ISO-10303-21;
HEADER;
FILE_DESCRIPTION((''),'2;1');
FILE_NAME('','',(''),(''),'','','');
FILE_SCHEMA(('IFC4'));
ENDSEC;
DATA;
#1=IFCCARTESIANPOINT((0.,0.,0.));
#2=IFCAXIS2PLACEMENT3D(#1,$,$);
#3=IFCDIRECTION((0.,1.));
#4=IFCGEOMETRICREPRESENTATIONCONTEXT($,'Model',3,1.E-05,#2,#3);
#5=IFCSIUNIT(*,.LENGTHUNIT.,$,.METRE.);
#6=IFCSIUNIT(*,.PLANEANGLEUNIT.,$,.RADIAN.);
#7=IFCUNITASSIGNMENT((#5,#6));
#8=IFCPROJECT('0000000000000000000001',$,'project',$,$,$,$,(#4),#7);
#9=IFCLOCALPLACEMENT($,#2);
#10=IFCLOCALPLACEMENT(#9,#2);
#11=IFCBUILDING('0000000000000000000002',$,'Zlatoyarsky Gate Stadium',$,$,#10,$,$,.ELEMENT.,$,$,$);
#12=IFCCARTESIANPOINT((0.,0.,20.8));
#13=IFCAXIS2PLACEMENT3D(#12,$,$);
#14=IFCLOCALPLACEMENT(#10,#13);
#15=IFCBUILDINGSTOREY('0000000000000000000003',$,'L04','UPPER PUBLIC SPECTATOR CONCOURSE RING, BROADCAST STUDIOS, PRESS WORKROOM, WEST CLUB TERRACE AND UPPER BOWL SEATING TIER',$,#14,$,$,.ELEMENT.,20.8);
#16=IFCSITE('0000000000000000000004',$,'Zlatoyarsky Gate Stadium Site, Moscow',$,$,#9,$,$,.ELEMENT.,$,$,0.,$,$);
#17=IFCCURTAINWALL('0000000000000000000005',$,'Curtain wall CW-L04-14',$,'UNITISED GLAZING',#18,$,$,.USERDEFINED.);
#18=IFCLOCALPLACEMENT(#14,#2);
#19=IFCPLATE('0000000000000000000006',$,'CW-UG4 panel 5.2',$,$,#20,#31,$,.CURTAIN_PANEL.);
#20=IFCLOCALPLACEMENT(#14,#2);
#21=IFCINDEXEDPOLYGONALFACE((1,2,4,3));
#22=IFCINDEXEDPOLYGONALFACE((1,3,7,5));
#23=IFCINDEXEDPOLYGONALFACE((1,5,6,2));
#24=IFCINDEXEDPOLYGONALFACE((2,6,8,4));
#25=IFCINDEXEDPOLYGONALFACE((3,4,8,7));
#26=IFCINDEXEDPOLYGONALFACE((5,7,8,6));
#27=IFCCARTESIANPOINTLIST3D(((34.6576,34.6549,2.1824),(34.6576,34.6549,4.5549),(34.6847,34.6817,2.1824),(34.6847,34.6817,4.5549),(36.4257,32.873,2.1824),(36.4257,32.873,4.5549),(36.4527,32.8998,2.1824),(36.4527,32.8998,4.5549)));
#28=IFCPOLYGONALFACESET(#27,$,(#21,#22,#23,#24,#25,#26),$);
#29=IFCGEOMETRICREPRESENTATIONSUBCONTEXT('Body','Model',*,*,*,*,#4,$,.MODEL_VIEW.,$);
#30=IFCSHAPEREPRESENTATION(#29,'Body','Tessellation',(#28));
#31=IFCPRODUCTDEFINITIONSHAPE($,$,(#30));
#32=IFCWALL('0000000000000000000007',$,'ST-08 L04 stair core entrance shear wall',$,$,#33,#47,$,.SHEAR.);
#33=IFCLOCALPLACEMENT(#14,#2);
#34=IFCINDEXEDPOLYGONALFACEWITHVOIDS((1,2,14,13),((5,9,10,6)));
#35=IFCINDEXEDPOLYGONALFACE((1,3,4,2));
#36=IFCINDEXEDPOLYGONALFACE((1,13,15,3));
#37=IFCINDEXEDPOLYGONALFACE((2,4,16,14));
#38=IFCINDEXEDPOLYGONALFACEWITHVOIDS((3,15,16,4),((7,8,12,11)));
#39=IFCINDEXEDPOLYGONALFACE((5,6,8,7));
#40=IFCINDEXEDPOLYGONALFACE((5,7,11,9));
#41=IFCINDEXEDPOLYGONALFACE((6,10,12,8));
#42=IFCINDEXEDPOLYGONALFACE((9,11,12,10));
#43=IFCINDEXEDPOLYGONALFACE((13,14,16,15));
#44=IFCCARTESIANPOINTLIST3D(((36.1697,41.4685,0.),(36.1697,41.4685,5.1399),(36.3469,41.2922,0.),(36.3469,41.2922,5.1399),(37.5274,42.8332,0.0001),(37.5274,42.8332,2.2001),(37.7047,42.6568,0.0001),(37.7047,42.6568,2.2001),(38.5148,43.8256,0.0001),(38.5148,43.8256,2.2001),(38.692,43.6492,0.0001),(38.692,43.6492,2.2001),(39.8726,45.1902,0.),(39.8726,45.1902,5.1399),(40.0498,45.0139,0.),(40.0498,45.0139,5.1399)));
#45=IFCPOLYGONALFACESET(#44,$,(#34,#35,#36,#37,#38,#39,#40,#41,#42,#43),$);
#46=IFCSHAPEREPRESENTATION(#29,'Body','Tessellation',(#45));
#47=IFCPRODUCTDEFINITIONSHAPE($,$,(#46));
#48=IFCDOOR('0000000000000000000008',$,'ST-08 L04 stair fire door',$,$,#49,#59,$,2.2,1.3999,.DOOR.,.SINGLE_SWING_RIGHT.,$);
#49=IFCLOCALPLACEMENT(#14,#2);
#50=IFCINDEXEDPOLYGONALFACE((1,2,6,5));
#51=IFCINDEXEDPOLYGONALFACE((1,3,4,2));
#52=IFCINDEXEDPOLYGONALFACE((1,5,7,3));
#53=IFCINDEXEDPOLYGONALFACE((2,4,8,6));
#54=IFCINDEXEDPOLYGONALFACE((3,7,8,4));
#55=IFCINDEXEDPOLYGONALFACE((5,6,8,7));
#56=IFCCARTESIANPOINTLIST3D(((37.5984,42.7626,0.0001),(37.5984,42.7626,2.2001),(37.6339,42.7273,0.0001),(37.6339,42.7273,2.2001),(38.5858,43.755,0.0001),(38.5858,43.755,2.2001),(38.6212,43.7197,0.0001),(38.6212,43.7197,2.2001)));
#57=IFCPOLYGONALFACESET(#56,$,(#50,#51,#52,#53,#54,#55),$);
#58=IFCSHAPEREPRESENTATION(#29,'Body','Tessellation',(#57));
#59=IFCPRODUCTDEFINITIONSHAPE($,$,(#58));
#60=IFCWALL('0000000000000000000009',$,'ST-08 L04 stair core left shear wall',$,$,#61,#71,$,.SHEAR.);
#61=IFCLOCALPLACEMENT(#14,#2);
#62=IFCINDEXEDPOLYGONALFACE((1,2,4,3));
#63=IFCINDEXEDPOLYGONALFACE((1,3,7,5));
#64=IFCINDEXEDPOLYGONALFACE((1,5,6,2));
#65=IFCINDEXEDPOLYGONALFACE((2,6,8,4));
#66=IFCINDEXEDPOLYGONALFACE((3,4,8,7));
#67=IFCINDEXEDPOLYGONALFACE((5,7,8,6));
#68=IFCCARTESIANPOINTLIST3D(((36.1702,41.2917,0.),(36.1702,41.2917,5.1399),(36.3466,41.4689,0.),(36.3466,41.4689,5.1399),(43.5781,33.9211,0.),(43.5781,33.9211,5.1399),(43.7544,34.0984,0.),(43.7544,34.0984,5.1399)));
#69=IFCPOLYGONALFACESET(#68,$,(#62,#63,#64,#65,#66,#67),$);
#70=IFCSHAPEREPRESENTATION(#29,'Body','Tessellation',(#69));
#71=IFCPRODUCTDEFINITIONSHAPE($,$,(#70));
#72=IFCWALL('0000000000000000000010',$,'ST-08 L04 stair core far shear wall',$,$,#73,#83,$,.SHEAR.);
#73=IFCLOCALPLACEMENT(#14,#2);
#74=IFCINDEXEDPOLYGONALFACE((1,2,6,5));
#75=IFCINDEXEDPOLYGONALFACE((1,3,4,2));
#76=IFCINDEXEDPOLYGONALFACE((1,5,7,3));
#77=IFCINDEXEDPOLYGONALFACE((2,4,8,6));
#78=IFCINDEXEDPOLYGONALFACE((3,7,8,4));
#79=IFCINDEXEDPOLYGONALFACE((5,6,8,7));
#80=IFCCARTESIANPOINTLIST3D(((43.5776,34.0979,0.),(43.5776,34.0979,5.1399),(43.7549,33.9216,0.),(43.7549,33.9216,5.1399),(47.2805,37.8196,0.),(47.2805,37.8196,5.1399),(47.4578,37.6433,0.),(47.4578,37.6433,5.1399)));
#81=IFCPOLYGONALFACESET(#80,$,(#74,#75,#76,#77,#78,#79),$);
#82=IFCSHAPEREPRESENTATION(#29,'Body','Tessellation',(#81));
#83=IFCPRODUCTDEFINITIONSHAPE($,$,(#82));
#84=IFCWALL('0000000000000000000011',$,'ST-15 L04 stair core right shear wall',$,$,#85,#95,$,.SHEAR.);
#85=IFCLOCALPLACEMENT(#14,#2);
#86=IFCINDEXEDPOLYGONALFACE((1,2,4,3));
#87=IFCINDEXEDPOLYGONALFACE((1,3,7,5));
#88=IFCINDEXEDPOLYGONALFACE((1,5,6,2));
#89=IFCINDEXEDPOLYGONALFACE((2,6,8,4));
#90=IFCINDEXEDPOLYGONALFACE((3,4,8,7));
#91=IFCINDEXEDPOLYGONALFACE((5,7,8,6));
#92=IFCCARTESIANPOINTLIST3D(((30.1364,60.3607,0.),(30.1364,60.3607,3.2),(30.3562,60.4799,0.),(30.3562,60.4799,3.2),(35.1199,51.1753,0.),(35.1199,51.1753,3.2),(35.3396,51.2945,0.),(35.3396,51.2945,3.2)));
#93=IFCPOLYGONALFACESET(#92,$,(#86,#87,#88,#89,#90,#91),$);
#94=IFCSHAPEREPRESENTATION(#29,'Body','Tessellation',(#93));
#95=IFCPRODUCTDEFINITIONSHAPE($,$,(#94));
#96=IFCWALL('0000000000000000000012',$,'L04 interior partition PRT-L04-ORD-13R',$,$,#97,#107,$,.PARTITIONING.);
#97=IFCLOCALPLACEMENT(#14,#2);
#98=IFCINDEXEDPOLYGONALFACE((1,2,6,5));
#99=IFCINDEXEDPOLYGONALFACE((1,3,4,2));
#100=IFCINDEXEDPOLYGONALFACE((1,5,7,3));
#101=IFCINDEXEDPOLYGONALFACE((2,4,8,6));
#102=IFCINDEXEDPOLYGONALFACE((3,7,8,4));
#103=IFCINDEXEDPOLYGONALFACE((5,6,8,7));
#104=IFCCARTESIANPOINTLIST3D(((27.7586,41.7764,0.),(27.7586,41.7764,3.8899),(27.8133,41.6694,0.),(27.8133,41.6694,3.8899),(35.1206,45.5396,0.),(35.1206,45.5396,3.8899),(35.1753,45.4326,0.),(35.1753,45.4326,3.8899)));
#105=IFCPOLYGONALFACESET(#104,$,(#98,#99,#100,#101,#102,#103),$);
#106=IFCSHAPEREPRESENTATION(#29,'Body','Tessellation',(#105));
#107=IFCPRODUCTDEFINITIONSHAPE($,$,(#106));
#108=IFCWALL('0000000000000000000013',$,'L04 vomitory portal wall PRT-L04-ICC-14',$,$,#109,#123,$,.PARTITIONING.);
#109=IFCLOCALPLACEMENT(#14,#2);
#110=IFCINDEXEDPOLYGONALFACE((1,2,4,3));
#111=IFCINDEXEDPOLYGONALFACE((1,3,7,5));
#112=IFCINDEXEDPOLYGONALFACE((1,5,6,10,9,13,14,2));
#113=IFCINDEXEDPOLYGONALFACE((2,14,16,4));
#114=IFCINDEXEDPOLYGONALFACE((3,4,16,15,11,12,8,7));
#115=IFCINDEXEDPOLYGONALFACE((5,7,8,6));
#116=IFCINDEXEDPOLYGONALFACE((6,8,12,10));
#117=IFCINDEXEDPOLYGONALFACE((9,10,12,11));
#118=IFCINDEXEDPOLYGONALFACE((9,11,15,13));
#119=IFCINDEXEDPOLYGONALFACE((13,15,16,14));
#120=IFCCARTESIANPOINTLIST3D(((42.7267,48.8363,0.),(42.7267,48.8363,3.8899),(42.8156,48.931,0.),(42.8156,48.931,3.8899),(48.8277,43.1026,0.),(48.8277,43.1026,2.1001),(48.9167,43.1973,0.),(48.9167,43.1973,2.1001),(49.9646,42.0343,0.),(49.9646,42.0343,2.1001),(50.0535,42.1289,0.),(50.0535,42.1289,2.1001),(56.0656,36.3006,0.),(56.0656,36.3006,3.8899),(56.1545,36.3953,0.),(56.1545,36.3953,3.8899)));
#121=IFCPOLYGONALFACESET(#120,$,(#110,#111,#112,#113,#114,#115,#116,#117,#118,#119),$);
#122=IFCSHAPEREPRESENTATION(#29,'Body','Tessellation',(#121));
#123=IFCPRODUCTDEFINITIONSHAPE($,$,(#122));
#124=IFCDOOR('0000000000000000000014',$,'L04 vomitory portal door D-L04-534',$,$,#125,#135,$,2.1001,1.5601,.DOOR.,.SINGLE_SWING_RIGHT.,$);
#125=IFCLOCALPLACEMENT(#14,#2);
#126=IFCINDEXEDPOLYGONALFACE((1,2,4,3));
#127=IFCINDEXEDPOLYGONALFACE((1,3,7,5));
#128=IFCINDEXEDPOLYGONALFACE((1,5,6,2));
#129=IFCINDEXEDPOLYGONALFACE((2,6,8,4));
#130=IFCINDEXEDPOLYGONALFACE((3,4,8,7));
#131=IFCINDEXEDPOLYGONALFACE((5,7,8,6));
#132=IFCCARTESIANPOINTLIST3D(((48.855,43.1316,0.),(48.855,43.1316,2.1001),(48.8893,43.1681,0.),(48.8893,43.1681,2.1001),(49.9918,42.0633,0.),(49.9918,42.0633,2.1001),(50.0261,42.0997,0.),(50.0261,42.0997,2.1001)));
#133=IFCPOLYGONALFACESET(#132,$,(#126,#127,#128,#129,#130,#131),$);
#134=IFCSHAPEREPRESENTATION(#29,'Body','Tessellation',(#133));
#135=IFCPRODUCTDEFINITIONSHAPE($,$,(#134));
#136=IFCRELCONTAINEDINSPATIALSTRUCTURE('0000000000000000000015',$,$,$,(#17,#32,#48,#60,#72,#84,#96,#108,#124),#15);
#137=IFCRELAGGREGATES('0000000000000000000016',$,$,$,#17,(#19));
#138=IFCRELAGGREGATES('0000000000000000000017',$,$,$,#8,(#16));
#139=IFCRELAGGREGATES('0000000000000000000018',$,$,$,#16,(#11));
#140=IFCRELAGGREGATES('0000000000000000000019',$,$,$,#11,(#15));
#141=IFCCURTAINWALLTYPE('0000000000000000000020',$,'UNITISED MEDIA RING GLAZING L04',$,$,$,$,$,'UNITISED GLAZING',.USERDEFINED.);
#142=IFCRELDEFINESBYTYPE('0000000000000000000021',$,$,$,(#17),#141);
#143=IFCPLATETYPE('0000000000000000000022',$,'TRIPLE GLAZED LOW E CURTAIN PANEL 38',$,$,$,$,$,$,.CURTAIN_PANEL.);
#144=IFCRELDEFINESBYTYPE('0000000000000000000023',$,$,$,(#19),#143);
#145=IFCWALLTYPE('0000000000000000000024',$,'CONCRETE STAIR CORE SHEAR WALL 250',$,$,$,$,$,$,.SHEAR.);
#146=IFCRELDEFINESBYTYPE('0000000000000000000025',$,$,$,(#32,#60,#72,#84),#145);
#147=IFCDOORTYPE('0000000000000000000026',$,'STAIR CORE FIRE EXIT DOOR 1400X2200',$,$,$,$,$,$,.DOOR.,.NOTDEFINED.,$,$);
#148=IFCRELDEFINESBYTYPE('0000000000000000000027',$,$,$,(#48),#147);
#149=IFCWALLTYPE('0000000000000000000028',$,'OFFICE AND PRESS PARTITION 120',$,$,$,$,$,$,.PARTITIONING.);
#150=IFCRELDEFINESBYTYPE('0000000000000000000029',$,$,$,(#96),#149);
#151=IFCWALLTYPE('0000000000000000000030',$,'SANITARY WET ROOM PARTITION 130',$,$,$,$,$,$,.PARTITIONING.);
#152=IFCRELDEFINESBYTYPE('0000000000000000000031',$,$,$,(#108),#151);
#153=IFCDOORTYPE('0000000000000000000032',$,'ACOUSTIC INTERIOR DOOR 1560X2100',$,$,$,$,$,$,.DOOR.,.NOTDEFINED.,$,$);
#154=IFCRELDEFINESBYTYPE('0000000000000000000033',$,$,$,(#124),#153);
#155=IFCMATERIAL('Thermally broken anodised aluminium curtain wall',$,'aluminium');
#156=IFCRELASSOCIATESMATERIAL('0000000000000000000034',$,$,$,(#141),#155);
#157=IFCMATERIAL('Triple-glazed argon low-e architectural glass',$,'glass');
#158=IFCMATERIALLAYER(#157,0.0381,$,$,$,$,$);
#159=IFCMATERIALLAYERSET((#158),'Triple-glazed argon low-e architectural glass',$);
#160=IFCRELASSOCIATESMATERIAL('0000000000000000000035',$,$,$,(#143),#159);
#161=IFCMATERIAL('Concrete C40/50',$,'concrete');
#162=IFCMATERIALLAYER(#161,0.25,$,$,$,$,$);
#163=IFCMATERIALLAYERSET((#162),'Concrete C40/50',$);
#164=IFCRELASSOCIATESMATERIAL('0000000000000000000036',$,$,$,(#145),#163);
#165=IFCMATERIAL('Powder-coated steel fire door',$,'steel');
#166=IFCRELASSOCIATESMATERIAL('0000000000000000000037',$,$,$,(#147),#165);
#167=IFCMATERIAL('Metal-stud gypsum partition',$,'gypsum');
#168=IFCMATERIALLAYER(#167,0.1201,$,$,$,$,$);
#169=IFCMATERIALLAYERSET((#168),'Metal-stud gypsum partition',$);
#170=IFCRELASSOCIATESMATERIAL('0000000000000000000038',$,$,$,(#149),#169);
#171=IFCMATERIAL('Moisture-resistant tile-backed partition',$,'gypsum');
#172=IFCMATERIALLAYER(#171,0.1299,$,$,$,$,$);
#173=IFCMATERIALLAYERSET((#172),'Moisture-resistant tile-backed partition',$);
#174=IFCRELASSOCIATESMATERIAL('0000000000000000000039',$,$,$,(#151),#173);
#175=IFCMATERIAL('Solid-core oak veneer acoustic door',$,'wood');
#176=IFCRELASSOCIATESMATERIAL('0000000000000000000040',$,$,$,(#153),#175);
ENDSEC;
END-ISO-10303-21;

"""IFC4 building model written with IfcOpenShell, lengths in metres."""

from ifc_helpers import new_model, si_unit, direction, frame, frame_2d, origin, origin_2d, place, context, subcontext, project, spatial, rectangle, extrude, material, layer, layer_set, type_object, element, fill, aggregate, save


model = new_model("IFC4")

# Units and contexts
model_context = context("Model", 3, precision=1e-05, world=origin(), true_north=direction((0.0, 1.0)))
body_context = subcontext(model_context, "Body", "Model", "MODEL_VIEW")
ifc_project = project(units=[si_unit("LENGTHUNIT", "METRE"), si_unit("PLANEANGLEUNIT", "RADIAN")], contexts=[model_context])

# Site, building, storey
site_placement = place(None, origin())
site = spatial("IfcSite", under=ifc_project, at=site_placement, Name="Zlatoyarsky Gate Stadium Site, Moscow", CompositionType="ELEMENT", RefElevation=0.0)
building_placement = place(site_placement, origin())
building = spatial("IfcBuilding", under=site, at=building_placement, Name="Zlatoyarsky Gate Stadium", CompositionType="ELEMENT")
storey_placement = place(building_placement, frame((0.0, 0.0, 20.8)))
storey = spatial("IfcBuildingStorey", under=building, at=storey_placement, Name="L04", Description="UPPER PUBLIC SPECTATOR CONCOURSE RING, BROADCAST STUDIOS, PRESS WORKROOM, WEST CLUB TERRACE AND UPPER BOWL SEATING TIER", CompositionType="ELEMENT", Elevation=20.8)

# Curtain wall
ifc_material_1 = material(Name="Thermally broken anodised aluminium curtain wall", Category="aluminium")
curtain_wall_type = type_object("IfcCurtainWallType", Name="UNITISED MEDIA RING GLAZING L04", ElementType="UNITISED GLAZING", PredefinedType="USERDEFINED", material=ifc_material_1)
curtain_wall_placement = place(storey_placement, origin())
curtain_wall = element("IfcCurtainWall", 1, at=curtain_wall_placement, inside=storey, type_object=curtain_wall_type, Name="Curtain wall CW-L04-14", ObjectType="UNITISED GLAZING", PredefinedType="USERDEFINED")

# Plate
ifc_material_2 = material(Name="Triple-glazed argon low-e architectural glass", Category="glass")
ifc_layer_1 = layer(ifc_material_2, 0.0381)
ifc_layer_set_1 = layer_set([ifc_layer_1], Name="Triple-glazed argon low-e architectural glass")
plate_type = type_object("IfcPlateType", Name="TRIPLE GLAZED LOW E CURTAIN PANEL 38", PredefinedType="CURTAIN_PANEL", material=ifc_layer_set_1)
plate_1_placement = place(storey_placement, frame((35.5552, 33.7773, 2.1824), z_axis=(0.0, 0.0, 1.0), x_axis=(0.704332, -0.709871, 0.0)))
plate_1 = element("IfcPlate", 2, at=plate_1_placement, type_object=plate_type, Name="CW-UG4 panel 5.2", PredefinedType="CURTAIN_PANEL", context=body_context, shape_type="SweptSolid", body=[
    extrude(rectangle(XDim=2.5103, YDim=0.0381, at=origin_2d()), origin(), (0.0, 0.0, 1.0), 2.3726),
])
aggregate(curtain_wall, [plate_1])

# Wall, opening, door
ifc_material_3 = material(Name="Concrete C40/50", Category="concrete")
ifc_layer_2 = layer(ifc_material_3, 0.25)
ifc_layer_set_2 = layer_set([ifc_layer_2], Name="Concrete C40/50")
wall_type_1 = type_object("IfcWallType", Name="CONCRETE STAIR CORE SHEAR WALL 250", PredefinedType="SHEAR", material=ifc_layer_set_2)
wall_1_placement = place(storey_placement, frame((39.9612, 45.1021, 0.0), z_axis=(0.0, 0.0, 1.0), x_axis=(-0.705314, -0.708895, 0.0)))
wall_1 = element("IfcWall", 3, at=wall_1_placement, inside=storey, type_object=wall_type_1, Name="ST-08 L04 stair core entrance shear wall", PredefinedType="SHEAR", context=body_context, shape_type="SweptSolid", body=[
    extrude(rectangle(XDim=5.25, YDim=0.25, at=frame_2d((2.625, 0.0))), origin(), (0.0, 0.0, 1.0), 5.1399),
])
opening_1_placement = place(wall_1_placement, frame((1.925, 0.0, 0.0)))
opening_1 = element("IfcOpeningElement", 4, at=opening_1_placement, cuts=wall_1, PredefinedType="OPENING", context=body_context, shape_type="SweptSolid", body=[
    extrude(rectangle(XDim=1.3999, YDim=2.2, at=frame_2d((0.7, 1.1001))), frame((0.0, 0.135, 0.0), z_axis=(0.0, -1.0, 0.0), x_axis=(1.0, 0.0, 0.0)), (0.0, 0.0, 1.0), 0.27),
])
ifc_material_4 = material(Name="Powder-coated steel fire door", Category="steel")
door_type_1 = type_object("IfcDoorType", Name="STAIR CORE FIRE EXIT DOOR 1400X2200", OperationType="NOTDEFINED", PredefinedType="DOOR", material=ifc_material_4)
door_1_placement = place(opening_1_placement, frame((1.3999, 0.0, 0.0), z_axis=(0.0, 0.0, 1.0), x_axis=(-1.0, 0.0, 0.0)))
door_1 = element("IfcDoor", 5, at=door_1_placement, inside=storey, type_object=door_type_1, Name="ST-08 L04 stair fire door", OperationType="SINGLE_SWING_RIGHT", OverallHeight=2.2, OverallWidth=1.3999, PredefinedType="DOOR", context=body_context, shape_type="SweptSolid", body=[
    extrude(rectangle(XDim=1.3999, YDim=2.2, at=frame_2d((0.7, 1.1001))), frame((0.0, 0.0249, 0.0), z_axis=(0.0, -1.0, 0.0), x_axis=(1.0, 0.0, 0.0)), (0.0, 0.0, 1.0), 0.05),
])
fill(opening_1, door_1)

# Walls
wall_2_placement = place(storey_placement, frame((36.2583, 41.3804, 0.0), z_axis=(0.0, 0.0, 1.0), x_axis=(0.708892, -0.705317, 0.0)))
element("IfcWall", 6, at=wall_2_placement, inside=storey, type_object=wall_type_1, Name="ST-08 L04 stair core left shear wall", PredefinedType="SHEAR", context=body_context, shape_type="SweptSolid", body=[
    extrude(rectangle(XDim=10.45, YDim=0.25, at=frame_2d((5.2251, 0.0))), origin(), (0.0, 0.0, 1.0), 5.1399),
])
wall_3_placement = place(storey_placement, frame((43.6663, 34.0098, 0.0), z_axis=(0.0, 0.0, 1.0), x_axis=(0.705314, 0.708895, 0.0)))
element("IfcWall", 7, at=wall_3_placement, inside=storey, type_object=wall_type_1, Name="ST-08 L04 stair core far shear wall", PredefinedType="SHEAR", context=body_context, shape_type="SweptSolid", body=[
    extrude(rectangle(XDim=5.25, YDim=0.25, at=frame_2d((2.625, 0.0))), origin(), (0.0, 0.0, 1.0), 5.1399),
])
wall_4_placement = place(storey_placement, frame((35.2297, 51.2349, 0.0), z_axis=(0.0, 0.0, 1.0), x_axis=(-0.476877, 0.87897, 0.0)))
element("IfcWall", 8, at=wall_4_placement, inside=storey, type_object=wall_type_1, Name="ST-15 L04 stair core right shear wall", PredefinedType="SHEAR", context=body_context, shape_type="SweptSolid", body=[
    extrude(rectangle(XDim=10.4502, YDim=0.25, at=frame_2d((5.2251, 0.0))), origin(), (0.0, 0.0, 1.0), 3.2),
])
ifc_material_5 = material(Name="Metal-stud gypsum partition", Category="gypsum")
ifc_layer_3 = layer(ifc_material_5, 0.1201)
ifc_layer_set_3 = layer_set([ifc_layer_3], Name="Metal-stud gypsum partition")
wall_type_2 = type_object("IfcWallType", Name="OFFICE AND PRESS PARTITION 120", PredefinedType="PARTITIONING", material=ifc_layer_set_3)
wall_5_placement = place(storey_placement, frame((35.1479, 45.4861, 0.0), z_axis=(0.0, 0.0, 1.0), x_axis=(-0.890417, -0.455145, 0.0)))
element("IfcWall", 9, at=wall_5_placement, inside=storey, type_object=wall_type_2, Name="L04 interior partition PRT-L04-ORD-13R", PredefinedType="PARTITIONING", context=body_context, shape_type="SweptSolid", body=[
    extrude(rectangle(XDim=8.2681, YDim=0.1201, at=frame_2d((4.134, 0.0))), origin(), (0.0, 0.0, 1.0), 3.8899),
])

# Wall, opening, door
ifc_material_6 = material(Name="Moisture-resistant tile-backed partition", Category="gypsum")
ifc_layer_4 = layer(ifc_material_6, 0.1299)
ifc_layer_set_4 = layer_set([ifc_layer_4], Name="Moisture-resistant tile-backed partition")
wall_type_3 = type_object("IfcWallType", Name="SANITARY WET ROOM PARTITION 130", PredefinedType="PARTITIONING", material=ifc_layer_set_4)
wall_6_placement = place(storey_placement, frame((42.7712, 48.8835, 0.0), z_axis=(0.0, 0.0, 1.0), x_axis=(0.728706, -0.684826, 0.0)))
wall_6 = element("IfcWall", 10, at=wall_6_placement, inside=storey, type_object=wall_type_3, Name="L04 vomitory portal wall PRT-L04-ICC-14", PredefinedType="PARTITIONING", context=body_context, shape_type="SweptSolid", body=[
    extrude(rectangle(XDim=18.3049, YDim=0.1299, at=frame_2d((9.1523, 0.0))), origin(), (0.0, 0.0, 1.0), 3.8899),
])
opening_2_placement = place(wall_6_placement, frame((8.3723, 0.0, 0.0)))
opening_2 = element("IfcOpeningElement", 11, at=opening_2_placement, cuts=wall_6, PredefinedType="OPENING", context=body_context, shape_type="SweptSolid", body=[
    extrude(rectangle(XDim=1.5601, YDim=2.1001, at=frame_2d((0.78, 1.05))), frame((0.0, 0.075, 0.0), z_axis=(0.0, -1.0, 0.0), x_axis=(1.0, 0.0, 0.0)), (0.0, 0.0, 1.0), 0.1499),
])
ifc_material_7 = material(Name="Solid-core oak veneer acoustic door", Category="wood")
door_type_2 = type_object("IfcDoorType", Name="ACOUSTIC INTERIOR DOOR 1560X2100", OperationType="NOTDEFINED", PredefinedType="DOOR", material=ifc_material_7)
door_2_placement = place(opening_2_placement, origin())
door_2 = element("IfcDoor", 12, at=door_2_placement, inside=storey, type_object=door_type_2, Name="L04 vomitory portal door D-L04-534", OperationType="SINGLE_SWING_RIGHT", OverallHeight=2.1001, OverallWidth=1.5601, PredefinedType="DOOR", context=body_context, shape_type="SweptSolid", body=[
    extrude(rectangle(XDim=1.5601, YDim=2.1001, at=frame_2d((0.78, 1.05))), frame((0.0, 0.0249, 0.0), z_axis=(0.0, -1.0, 0.0), x_axis=(1.0, 0.0, 0.0)), (0.0, 0.0, 1.0), 0.05),
])
fill(opening_2, door_2)

save(model, "model.ifc")
